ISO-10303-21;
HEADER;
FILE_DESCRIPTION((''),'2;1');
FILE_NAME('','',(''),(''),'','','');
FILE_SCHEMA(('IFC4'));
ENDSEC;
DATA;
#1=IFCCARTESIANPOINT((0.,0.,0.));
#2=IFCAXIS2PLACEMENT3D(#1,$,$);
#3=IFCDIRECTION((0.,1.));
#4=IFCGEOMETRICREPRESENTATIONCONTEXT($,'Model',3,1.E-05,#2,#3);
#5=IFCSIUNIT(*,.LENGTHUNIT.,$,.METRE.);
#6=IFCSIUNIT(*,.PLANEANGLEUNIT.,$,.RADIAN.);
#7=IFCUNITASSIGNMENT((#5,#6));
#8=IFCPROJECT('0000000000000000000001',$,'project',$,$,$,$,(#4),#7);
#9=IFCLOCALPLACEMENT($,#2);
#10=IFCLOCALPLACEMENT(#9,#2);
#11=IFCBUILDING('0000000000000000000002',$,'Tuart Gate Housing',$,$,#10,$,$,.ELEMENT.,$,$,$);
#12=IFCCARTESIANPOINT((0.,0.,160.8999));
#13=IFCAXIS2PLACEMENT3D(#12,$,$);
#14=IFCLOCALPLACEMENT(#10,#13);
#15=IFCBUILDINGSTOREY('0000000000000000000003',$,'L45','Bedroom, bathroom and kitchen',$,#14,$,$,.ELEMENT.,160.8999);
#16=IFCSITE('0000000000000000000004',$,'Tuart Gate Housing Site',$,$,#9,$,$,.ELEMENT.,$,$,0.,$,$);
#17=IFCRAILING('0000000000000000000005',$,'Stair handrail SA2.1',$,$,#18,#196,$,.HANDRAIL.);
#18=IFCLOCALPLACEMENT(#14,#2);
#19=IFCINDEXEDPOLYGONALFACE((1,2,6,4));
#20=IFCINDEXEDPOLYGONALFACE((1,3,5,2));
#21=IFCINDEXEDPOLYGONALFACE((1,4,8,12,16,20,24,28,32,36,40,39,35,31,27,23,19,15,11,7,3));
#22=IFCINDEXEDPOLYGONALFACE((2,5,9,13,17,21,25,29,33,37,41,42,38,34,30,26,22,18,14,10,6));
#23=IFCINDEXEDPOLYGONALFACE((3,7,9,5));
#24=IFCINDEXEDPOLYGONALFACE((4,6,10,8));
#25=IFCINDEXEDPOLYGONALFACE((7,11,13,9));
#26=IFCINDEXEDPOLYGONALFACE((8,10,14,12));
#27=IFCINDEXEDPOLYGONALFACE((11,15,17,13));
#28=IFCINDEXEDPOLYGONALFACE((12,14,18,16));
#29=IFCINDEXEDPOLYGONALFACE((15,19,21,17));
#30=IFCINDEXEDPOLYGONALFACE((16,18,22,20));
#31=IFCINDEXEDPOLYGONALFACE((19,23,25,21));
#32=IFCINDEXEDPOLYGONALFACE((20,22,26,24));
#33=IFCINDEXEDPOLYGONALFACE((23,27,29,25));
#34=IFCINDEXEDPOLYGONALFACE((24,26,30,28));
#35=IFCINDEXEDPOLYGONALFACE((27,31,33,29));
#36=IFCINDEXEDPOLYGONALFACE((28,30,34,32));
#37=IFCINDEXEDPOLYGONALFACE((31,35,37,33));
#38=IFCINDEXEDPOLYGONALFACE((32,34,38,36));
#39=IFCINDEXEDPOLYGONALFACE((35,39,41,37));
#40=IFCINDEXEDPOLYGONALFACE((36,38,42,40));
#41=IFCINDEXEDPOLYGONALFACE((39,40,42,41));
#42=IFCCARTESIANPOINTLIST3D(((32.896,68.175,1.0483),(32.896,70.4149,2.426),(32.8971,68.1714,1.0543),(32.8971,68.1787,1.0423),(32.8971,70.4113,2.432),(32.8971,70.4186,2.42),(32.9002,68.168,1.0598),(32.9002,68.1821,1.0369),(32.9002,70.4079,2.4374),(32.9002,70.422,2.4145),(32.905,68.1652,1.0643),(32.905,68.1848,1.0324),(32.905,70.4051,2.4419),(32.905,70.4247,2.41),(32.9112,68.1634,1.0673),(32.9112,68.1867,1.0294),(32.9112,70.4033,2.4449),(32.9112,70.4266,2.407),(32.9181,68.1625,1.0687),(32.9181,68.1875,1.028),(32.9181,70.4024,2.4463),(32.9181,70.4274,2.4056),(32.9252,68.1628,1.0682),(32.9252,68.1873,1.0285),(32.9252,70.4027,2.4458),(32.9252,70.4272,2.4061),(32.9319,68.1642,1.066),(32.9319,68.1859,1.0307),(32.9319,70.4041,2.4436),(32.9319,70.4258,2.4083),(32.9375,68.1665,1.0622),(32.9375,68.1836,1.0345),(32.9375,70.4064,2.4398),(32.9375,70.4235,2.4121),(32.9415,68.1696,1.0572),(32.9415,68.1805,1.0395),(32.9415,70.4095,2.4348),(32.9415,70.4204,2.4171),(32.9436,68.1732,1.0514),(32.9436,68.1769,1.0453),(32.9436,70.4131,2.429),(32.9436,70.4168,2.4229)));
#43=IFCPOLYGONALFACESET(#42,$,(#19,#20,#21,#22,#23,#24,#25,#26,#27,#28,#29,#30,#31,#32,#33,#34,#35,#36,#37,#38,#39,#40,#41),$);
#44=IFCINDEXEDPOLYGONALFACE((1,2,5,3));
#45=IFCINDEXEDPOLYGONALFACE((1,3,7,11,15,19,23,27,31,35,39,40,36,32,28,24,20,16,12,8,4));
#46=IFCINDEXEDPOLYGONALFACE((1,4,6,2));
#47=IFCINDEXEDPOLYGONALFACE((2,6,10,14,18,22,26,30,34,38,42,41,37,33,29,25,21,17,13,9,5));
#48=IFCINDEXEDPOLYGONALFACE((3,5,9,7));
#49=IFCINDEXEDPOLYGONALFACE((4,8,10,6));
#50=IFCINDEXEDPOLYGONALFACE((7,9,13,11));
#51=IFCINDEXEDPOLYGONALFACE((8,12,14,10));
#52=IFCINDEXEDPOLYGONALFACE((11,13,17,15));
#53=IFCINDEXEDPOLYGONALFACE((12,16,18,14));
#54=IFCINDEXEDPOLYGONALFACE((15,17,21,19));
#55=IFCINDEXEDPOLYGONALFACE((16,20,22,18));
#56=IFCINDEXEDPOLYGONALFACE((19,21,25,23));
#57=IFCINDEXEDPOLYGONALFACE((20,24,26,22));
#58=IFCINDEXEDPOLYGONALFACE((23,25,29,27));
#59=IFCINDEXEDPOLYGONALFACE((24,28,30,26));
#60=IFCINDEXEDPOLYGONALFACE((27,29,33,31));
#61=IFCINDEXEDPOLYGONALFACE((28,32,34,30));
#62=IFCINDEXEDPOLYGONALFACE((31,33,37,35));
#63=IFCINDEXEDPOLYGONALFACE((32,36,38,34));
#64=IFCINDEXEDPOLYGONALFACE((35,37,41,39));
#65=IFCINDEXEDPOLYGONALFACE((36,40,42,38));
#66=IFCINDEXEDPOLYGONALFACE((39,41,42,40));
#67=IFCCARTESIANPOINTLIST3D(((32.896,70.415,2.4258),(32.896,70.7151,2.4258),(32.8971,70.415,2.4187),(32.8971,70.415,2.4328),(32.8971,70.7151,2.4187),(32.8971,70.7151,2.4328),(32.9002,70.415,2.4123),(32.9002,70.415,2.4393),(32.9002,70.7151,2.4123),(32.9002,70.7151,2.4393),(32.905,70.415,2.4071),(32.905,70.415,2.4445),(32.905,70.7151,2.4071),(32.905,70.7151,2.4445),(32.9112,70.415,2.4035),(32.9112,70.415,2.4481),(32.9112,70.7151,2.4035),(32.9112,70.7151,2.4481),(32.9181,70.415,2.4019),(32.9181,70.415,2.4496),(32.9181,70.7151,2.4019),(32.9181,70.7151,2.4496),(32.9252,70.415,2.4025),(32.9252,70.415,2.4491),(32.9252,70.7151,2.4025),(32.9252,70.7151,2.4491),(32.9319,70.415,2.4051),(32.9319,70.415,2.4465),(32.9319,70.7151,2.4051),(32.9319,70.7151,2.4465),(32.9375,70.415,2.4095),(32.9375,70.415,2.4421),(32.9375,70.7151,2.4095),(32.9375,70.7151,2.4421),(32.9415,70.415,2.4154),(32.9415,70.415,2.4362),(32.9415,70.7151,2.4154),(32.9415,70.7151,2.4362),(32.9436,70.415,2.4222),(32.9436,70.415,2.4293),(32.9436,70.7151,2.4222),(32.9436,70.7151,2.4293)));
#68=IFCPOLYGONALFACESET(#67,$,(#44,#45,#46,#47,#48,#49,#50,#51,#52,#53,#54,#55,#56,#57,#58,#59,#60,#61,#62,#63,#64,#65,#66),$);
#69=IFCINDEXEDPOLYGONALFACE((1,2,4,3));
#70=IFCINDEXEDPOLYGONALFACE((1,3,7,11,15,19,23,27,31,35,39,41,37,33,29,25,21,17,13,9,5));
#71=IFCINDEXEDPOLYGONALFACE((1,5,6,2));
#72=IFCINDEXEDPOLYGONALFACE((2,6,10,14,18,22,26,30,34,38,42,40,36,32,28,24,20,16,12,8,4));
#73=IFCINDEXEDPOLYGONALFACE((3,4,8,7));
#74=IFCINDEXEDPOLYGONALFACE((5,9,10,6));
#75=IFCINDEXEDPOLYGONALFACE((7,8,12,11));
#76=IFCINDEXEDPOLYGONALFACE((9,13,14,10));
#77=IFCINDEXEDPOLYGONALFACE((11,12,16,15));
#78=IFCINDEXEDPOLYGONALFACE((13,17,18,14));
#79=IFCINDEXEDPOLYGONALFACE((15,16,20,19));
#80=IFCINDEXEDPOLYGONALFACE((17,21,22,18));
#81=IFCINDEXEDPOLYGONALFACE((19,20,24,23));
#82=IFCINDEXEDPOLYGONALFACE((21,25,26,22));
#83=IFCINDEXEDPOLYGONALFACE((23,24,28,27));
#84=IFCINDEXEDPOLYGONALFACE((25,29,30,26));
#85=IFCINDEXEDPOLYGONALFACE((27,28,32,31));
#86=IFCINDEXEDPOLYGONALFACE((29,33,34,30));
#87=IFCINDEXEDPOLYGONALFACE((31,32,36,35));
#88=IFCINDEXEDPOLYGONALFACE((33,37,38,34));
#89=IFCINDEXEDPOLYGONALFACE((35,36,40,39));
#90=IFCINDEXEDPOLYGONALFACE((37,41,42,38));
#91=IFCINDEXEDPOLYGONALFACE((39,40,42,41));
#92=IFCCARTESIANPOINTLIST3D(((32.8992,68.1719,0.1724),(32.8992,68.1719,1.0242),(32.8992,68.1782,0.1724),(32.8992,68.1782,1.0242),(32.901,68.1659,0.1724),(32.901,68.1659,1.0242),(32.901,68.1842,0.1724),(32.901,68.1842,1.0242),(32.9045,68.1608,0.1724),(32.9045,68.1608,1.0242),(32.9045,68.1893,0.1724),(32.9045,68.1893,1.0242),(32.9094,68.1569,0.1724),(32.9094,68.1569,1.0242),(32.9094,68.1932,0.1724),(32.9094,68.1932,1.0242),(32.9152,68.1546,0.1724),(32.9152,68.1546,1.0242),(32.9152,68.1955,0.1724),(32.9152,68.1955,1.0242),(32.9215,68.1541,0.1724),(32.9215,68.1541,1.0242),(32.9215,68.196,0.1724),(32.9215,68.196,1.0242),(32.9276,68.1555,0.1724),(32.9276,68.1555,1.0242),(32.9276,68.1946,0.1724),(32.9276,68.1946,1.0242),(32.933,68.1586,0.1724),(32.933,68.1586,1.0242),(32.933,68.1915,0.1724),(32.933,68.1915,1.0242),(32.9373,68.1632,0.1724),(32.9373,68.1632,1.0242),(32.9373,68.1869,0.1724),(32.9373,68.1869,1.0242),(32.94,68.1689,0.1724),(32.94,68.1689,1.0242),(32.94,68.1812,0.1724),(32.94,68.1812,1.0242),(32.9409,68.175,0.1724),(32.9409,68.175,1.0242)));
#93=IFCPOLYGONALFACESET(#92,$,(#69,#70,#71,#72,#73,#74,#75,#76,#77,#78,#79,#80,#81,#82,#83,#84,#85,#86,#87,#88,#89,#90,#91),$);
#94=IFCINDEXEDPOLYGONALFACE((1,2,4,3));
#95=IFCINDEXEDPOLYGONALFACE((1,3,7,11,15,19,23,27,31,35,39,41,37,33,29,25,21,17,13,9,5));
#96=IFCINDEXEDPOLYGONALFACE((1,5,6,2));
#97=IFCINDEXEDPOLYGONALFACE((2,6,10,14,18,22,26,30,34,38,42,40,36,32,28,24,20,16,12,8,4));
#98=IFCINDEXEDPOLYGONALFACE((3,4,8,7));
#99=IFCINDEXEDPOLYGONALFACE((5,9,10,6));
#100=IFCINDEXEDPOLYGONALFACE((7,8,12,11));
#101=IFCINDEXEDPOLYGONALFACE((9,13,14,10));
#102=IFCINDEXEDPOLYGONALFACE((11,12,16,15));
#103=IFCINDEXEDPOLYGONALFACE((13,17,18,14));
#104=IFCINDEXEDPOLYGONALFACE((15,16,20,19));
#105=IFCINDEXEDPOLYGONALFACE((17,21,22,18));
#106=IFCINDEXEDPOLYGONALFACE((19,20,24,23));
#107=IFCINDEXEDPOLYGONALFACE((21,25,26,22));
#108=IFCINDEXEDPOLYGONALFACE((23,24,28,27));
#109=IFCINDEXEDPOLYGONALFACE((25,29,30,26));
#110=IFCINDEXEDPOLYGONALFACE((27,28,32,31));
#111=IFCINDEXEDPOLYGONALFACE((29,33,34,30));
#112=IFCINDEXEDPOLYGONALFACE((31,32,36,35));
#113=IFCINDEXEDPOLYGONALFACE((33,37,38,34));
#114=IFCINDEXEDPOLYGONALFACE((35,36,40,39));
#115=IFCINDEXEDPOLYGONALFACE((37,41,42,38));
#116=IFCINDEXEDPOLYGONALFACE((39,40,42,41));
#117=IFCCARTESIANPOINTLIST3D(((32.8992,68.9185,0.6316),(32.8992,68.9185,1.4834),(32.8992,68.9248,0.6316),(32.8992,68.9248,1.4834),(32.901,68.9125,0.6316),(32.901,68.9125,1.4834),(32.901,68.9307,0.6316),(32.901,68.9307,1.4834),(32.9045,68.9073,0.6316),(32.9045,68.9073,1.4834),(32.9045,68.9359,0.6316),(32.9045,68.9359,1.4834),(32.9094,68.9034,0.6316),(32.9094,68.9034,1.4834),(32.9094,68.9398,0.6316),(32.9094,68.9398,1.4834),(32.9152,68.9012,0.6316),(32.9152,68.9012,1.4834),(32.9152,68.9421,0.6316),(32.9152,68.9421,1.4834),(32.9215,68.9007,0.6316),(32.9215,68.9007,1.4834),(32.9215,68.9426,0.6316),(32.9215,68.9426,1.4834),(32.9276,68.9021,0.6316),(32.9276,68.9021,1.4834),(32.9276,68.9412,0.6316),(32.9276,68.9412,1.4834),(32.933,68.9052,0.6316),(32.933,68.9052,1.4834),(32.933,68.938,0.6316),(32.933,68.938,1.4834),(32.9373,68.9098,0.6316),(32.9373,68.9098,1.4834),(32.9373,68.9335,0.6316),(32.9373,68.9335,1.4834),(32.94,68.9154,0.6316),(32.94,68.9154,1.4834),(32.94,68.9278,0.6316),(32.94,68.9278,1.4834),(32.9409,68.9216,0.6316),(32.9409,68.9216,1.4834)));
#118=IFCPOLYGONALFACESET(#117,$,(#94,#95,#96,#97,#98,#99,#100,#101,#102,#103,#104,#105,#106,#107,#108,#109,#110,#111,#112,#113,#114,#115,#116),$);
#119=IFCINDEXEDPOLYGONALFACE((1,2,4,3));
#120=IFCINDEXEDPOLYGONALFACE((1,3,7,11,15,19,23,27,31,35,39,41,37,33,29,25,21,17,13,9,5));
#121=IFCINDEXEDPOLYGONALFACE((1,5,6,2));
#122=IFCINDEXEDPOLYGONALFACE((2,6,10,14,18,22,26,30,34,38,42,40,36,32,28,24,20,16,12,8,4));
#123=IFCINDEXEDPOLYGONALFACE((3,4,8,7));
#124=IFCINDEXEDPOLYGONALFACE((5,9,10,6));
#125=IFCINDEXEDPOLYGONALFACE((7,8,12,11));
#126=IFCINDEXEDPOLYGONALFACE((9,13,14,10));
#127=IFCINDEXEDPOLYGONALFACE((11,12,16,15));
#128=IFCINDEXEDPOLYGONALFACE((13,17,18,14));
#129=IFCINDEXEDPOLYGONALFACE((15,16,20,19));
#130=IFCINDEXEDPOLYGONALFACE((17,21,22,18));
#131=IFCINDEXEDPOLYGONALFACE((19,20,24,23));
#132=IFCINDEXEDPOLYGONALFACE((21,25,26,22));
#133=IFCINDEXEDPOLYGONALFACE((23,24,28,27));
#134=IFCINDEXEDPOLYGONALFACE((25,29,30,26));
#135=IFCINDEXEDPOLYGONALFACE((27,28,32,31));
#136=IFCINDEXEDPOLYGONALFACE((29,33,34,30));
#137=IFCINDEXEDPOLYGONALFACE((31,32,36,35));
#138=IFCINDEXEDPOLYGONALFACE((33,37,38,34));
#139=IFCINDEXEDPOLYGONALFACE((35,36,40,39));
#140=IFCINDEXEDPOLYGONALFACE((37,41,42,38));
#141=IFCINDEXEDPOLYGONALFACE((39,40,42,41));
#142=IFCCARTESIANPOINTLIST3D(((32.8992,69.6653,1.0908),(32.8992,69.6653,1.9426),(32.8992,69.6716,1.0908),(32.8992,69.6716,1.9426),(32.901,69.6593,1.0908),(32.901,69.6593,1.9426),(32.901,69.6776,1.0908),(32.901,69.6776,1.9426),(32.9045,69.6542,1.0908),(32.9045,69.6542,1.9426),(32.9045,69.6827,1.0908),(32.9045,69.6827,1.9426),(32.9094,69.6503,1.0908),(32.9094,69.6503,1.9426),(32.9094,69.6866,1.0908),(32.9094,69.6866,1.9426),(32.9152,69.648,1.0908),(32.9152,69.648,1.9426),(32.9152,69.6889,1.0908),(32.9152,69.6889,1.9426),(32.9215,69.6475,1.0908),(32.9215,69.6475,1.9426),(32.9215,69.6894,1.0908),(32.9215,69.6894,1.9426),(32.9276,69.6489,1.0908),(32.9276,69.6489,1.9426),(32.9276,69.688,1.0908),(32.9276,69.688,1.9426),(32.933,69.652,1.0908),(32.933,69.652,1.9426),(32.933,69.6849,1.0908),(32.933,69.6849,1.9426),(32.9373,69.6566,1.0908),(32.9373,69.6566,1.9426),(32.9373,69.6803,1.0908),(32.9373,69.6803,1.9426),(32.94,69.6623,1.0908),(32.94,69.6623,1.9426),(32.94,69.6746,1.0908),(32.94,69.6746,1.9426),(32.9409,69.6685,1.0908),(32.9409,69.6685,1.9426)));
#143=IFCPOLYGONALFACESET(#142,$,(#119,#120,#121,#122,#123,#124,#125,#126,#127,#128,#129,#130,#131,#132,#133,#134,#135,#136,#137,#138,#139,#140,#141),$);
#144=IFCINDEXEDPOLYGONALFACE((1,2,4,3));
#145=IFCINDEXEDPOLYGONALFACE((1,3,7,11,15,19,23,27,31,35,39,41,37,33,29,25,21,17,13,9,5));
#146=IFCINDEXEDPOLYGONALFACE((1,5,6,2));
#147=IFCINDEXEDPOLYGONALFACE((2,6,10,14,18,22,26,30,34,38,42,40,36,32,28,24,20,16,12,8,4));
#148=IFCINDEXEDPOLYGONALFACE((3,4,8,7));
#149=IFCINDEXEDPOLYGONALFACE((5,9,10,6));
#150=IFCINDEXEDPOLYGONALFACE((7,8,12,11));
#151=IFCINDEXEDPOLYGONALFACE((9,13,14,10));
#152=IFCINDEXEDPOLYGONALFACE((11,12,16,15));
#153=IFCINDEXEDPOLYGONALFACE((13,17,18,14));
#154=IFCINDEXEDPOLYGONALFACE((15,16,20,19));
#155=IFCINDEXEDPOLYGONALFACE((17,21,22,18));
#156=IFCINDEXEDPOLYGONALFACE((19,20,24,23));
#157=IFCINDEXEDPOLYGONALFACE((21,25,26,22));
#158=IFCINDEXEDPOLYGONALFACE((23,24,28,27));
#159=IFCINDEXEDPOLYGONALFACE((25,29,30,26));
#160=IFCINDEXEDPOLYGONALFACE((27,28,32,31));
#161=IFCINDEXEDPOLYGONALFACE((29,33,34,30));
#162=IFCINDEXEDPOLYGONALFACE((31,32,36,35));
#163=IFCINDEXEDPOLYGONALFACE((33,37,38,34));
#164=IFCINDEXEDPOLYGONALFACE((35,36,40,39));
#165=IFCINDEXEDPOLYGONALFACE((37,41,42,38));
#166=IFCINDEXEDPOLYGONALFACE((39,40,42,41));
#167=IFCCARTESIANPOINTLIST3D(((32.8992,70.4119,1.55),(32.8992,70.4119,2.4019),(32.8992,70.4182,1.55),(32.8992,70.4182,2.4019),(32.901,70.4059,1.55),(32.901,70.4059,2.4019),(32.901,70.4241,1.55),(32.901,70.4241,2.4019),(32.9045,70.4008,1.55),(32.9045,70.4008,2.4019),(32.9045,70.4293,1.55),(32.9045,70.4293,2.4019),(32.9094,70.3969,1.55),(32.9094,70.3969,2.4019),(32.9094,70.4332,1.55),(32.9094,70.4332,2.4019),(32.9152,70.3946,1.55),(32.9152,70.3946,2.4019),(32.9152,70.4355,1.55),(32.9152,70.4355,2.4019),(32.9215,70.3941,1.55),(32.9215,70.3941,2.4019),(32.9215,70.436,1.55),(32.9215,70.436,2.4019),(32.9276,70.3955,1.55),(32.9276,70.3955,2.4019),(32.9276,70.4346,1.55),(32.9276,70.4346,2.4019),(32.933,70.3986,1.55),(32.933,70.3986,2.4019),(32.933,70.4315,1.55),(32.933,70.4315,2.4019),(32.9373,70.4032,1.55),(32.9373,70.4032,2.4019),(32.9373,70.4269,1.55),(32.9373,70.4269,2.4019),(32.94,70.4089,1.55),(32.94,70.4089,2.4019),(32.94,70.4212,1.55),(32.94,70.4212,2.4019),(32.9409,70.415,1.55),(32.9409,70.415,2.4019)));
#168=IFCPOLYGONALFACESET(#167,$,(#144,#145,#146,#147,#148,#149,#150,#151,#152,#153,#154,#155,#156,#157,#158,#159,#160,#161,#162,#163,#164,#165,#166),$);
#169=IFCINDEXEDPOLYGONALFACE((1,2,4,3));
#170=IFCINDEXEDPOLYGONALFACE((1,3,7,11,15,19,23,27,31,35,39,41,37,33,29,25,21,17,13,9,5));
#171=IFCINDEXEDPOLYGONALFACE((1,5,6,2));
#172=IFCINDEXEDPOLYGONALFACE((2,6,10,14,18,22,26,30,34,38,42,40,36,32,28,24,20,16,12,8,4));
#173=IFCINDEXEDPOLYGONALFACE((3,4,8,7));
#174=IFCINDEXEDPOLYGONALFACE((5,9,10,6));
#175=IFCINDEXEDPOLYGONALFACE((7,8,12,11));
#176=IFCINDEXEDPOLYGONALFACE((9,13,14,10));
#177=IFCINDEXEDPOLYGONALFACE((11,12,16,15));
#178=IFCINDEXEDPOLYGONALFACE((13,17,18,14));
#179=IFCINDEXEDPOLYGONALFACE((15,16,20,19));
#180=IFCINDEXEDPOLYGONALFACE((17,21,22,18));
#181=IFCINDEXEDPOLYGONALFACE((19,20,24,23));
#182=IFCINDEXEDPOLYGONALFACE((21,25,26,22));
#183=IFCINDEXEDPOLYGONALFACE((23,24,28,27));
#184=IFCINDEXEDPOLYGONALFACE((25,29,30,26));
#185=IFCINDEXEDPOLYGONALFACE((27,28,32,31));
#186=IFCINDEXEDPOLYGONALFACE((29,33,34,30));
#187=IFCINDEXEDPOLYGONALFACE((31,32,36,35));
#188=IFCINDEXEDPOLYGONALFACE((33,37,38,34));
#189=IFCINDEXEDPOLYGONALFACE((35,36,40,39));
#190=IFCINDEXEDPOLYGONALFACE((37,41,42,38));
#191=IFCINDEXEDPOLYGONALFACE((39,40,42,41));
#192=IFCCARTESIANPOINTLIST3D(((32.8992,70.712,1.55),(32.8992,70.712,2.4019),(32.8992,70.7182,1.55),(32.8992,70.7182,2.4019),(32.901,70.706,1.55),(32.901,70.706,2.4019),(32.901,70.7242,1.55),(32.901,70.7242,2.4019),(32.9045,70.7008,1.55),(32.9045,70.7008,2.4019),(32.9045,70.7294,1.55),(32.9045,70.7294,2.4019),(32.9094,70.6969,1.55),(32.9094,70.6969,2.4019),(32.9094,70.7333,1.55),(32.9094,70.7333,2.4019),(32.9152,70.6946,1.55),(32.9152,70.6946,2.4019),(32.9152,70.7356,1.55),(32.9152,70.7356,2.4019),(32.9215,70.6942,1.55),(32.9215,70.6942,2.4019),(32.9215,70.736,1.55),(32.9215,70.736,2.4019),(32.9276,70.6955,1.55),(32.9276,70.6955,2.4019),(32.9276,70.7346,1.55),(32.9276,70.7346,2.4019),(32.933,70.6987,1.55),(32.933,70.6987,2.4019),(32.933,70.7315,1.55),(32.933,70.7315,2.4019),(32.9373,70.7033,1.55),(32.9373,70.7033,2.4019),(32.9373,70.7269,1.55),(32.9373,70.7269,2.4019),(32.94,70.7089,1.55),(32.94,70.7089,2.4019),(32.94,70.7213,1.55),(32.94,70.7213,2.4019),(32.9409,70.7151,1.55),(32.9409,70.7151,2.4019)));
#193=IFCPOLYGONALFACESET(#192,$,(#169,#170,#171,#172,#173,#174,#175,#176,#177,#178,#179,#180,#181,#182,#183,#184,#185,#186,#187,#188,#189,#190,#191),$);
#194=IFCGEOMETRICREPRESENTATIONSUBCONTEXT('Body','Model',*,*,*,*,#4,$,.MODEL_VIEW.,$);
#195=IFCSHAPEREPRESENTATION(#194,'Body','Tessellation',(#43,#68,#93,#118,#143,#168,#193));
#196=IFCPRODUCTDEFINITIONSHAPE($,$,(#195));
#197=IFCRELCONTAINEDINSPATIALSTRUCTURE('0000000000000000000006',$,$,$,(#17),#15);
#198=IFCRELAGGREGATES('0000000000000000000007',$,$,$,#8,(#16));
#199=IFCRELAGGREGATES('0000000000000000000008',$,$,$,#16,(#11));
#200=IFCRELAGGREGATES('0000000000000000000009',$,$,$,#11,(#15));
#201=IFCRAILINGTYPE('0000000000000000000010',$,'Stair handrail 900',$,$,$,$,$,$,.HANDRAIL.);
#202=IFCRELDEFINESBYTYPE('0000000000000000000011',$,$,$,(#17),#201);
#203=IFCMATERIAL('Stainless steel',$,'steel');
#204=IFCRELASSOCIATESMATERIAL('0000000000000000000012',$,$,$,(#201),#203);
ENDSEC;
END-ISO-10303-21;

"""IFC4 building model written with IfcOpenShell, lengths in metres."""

from ifc_helpers import new_model, si_unit, direction, frame, origin, origin_2d, place, context, subcontext, project, spatial, circle, extrude, material, type_object, element, save


model = new_model("IFC4")

# Units and contexts
model_context = context("Model", 3, precision=1e-05, world=origin(), true_north=direction((0.0, 1.0)))
body_context = subcontext(model_context, "Body", "Model", "MODEL_VIEW")
ifc_project = project(units=[si_unit("LENGTHUNIT", "METRE"), si_unit("PLANEANGLEUNIT", "RADIAN")], contexts=[model_context])

# Site, building, storey
site_placement = place(None, origin())
site = spatial("IfcSite", under=ifc_project, at=site_placement, Name="Tuart Gate Housing Site", CompositionType="ELEMENT", RefElevation=0.0)
building_placement = place(site_placement, origin())
building = spatial("IfcBuilding", under=site, at=building_placement, Name="Tuart Gate Housing", CompositionType="ELEMENT")
storey_placement = place(building_placement, frame((0.0, 0.0, 160.8999)))
storey = spatial("IfcBuildingStorey", under=building, at=storey_placement, Name="L45", Description="Bedroom, bathroom and kitchen", CompositionType="ELEMENT", Elevation=160.8999)

# Railing
ifc_material_1 = material(Name="Stainless steel", Category="steel")
railing_type = type_object("IfcRailingType", Name="Stair handrail 900", PredefinedType="HANDRAIL", material=ifc_material_1)
railing_placement = place(storey_placement, frame((32.9199, 68.175, 0.1724)))
element("IfcRailing", 1, at=railing_placement, inside=storey, type_object=railing_type, Name="Stair handrail SA2.1", PredefinedType="HANDRAIL", context=body_context, shape_type="SweptSolid", body=[
    extrude(circle(Radius=0.0239, at=origin_2d()), frame((0.0, 0.0, 0.876), z_axis=(0.0, 0.851789, 0.523885), x_axis=(-1.0, 0.0, 0.0)), (0.0, 0.0, 1.0), 2.6296),
    extrude(circle(Radius=0.0239, at=origin_2d()), frame((0.0, 2.24, 2.2534), z_axis=(0.0, 1.0, 0.0), x_axis=(-1.0, 0.0, 0.0)), (0.0, 0.0, 1.0), 0.3),
    extrude(circle(Radius=0.021, at=origin_2d()), origin(), (0.0, 0.0, 1.0), 0.8518),
    extrude(circle(Radius=0.021, at=origin_2d()), frame((0.0, 0.7466, 0.4592)), (0.0, 0.0, 1.0), 0.8518),
    extrude(circle(Radius=0.021, at=origin_2d()), frame((0.0, 1.4934, 0.9185)), (0.0, 0.0, 1.0), 0.8518),
    extrude(circle(Radius=0.021, at=origin_2d()), frame((0.0, 2.24, 1.3777)), (0.0, 0.0, 1.0), 0.8518),
    extrude(circle(Radius=0.021, at=origin_2d()), frame((0.0, 2.54, 1.3777)), (0.0, 0.0, 1.0), 0.8518),
])

save(model, "model.ifc")
